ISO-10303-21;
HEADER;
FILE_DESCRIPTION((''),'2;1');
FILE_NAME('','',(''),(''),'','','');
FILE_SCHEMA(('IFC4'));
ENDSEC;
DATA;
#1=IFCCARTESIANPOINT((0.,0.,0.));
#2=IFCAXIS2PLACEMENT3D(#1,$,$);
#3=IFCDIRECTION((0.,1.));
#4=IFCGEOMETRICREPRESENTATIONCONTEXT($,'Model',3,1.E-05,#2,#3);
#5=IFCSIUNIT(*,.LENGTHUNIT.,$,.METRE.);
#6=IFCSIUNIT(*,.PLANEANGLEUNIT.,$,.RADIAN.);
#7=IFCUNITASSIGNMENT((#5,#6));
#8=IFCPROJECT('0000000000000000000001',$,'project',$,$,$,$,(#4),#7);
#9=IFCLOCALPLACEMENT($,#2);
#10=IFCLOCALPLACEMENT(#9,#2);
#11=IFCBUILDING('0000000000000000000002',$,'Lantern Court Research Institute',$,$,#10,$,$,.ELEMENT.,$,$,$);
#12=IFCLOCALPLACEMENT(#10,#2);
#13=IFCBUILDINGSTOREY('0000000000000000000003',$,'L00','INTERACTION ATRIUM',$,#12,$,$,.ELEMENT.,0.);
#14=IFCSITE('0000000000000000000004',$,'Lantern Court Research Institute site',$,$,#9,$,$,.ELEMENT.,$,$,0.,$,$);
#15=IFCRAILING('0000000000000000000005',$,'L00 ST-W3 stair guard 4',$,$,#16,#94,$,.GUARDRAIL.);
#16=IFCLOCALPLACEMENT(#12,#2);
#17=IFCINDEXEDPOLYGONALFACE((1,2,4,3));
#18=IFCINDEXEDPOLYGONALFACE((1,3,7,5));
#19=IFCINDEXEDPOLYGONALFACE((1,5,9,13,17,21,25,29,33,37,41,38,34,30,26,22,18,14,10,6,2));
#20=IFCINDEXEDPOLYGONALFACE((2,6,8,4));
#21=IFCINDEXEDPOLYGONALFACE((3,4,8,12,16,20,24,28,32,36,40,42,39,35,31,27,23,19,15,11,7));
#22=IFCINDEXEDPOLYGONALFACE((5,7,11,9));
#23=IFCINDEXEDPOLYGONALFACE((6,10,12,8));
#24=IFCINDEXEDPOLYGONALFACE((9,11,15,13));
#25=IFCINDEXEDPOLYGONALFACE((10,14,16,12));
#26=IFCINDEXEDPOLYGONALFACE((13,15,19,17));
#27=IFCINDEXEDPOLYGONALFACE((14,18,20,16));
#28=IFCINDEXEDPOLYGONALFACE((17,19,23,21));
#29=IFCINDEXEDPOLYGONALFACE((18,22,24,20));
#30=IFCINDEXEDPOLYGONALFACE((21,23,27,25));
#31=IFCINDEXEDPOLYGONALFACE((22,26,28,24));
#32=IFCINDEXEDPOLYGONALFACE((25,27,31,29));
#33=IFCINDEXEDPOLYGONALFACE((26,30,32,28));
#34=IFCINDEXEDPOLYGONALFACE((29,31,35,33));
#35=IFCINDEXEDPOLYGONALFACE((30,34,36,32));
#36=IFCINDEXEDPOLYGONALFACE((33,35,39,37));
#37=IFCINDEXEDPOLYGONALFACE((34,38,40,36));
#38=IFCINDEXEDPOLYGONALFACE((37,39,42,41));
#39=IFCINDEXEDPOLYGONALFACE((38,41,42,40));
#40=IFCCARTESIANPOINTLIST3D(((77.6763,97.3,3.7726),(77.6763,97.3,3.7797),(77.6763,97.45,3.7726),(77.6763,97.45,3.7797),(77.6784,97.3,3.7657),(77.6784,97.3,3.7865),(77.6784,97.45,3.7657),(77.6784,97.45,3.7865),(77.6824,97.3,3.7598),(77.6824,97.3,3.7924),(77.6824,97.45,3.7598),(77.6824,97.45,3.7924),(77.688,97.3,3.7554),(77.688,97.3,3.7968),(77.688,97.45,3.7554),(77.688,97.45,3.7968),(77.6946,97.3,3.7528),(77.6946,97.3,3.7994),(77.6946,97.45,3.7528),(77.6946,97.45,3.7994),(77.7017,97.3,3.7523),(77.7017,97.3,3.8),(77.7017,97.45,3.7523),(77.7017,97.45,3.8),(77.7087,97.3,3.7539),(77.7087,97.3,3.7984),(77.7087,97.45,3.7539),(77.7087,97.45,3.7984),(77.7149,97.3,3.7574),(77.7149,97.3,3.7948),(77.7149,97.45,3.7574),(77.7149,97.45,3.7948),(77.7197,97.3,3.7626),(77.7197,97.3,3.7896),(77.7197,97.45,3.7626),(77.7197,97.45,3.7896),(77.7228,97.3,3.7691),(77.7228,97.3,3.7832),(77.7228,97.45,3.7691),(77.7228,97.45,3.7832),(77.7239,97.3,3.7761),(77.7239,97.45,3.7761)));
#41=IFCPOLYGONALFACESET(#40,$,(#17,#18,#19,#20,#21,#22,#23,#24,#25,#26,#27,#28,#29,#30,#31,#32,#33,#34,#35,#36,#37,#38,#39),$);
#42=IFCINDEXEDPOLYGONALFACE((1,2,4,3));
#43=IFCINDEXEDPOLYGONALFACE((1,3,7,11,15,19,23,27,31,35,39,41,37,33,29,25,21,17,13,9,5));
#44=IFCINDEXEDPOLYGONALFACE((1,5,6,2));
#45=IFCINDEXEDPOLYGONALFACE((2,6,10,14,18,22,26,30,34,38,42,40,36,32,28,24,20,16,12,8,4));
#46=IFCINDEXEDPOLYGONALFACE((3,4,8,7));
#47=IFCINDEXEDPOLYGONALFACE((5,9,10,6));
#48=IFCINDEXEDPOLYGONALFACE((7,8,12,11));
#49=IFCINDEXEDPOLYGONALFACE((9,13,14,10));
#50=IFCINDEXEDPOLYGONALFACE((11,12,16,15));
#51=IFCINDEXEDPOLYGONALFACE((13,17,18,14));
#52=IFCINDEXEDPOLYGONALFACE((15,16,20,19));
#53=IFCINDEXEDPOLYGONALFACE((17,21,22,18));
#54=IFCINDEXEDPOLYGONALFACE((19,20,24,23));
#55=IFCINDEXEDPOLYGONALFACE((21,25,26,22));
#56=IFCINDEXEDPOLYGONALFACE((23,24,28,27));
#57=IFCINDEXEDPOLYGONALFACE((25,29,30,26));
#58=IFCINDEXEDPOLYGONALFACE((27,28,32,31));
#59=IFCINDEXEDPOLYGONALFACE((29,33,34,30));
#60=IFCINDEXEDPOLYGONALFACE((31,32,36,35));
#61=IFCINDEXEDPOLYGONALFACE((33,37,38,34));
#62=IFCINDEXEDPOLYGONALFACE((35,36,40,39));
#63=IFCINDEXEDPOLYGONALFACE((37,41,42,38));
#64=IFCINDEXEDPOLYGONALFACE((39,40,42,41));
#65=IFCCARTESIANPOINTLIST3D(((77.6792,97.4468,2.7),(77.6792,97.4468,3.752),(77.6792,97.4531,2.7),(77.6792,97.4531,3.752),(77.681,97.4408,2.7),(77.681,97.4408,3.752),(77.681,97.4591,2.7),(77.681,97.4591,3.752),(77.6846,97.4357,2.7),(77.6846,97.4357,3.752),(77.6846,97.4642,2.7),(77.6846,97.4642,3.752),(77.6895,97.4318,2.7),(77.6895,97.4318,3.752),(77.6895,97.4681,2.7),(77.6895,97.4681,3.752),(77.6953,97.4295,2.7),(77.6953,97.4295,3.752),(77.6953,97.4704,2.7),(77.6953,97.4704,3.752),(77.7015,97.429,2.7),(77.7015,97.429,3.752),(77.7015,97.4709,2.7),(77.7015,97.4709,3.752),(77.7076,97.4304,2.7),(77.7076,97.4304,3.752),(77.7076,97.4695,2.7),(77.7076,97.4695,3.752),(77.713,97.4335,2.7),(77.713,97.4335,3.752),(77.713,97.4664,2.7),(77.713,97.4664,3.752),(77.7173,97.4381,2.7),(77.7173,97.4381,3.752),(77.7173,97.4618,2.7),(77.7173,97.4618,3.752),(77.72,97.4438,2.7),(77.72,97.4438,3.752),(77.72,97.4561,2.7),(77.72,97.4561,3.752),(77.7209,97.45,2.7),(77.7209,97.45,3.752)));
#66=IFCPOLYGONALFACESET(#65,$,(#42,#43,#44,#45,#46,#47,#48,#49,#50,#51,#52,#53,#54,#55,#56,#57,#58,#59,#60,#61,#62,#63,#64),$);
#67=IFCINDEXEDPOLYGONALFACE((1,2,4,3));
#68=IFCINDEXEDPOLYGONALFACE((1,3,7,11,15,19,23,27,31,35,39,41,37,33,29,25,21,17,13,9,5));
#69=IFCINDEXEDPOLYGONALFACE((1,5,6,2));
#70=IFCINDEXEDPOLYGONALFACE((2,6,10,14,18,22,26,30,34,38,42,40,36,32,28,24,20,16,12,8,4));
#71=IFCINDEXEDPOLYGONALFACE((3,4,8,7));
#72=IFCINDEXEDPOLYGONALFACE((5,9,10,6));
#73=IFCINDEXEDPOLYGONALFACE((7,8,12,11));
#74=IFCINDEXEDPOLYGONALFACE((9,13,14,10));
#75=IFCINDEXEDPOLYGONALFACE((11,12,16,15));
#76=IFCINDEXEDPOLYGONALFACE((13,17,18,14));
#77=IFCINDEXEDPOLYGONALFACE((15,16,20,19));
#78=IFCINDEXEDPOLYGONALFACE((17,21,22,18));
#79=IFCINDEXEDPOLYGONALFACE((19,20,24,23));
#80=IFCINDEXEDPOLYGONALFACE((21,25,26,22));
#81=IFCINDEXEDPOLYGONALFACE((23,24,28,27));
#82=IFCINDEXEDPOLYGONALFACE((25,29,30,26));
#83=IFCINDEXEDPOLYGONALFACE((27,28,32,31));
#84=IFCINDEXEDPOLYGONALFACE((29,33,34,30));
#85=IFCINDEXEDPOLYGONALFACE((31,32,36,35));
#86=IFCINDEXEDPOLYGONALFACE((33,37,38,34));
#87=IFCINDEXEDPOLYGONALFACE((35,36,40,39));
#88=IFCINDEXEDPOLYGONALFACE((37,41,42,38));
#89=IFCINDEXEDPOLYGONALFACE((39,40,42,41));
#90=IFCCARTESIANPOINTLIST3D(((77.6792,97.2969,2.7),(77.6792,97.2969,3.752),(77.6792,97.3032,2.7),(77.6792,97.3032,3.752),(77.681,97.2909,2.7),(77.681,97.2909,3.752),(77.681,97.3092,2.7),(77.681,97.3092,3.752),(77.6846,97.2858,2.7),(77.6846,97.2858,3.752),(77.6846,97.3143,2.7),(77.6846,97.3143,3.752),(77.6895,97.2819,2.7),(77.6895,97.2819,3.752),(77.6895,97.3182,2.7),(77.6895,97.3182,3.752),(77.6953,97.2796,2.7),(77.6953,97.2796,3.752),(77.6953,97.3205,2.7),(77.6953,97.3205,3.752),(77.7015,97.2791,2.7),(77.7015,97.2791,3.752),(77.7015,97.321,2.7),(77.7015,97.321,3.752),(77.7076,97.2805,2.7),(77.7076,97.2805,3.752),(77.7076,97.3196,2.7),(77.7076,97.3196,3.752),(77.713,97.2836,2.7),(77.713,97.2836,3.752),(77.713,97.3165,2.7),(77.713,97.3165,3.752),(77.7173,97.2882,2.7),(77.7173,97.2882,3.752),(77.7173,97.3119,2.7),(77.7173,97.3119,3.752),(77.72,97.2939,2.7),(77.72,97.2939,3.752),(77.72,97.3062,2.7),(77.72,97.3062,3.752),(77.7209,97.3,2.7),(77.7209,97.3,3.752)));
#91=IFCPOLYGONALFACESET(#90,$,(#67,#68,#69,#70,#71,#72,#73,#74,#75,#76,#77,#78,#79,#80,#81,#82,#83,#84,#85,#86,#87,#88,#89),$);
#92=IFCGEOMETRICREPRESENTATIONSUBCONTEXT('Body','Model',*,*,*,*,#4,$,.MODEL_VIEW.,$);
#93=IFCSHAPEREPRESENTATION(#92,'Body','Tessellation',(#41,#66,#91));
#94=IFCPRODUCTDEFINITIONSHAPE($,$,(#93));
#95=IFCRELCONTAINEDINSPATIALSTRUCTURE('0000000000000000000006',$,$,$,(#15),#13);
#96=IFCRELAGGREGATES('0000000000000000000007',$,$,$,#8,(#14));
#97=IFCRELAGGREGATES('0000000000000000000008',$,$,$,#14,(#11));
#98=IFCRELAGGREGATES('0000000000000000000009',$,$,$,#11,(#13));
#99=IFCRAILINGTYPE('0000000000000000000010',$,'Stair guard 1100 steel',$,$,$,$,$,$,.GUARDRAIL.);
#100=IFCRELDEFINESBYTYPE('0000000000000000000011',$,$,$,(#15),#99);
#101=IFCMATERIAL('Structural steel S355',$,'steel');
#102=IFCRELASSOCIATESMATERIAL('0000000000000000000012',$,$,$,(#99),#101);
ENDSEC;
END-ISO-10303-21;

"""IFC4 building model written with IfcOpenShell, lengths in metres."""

from ifc_helpers import new_model, si_unit, direction, frame, origin, origin_2d, place, context, subcontext, project, spatial, circle, extrude, material, type_object, element, save


model = new_model("IFC4")

# Units and contexts
model_context = context("Model", 3, precision=1e-05, world=origin(), true_north=direction((0.0, 1.0)))
body_context = subcontext(model_context, "Body", "Model", "MODEL_VIEW")
ifc_project = project(units=[si_unit("LENGTHUNIT", "METRE"), si_unit("PLANEANGLEUNIT", "RADIAN")], contexts=[model_context])

# Site, building, storey
site_placement = place(None, origin())
site = spatial("IfcSite", under=ifc_project, at=site_placement, Name="Lantern Court Research Institute site", CompositionType="ELEMENT", RefElevation=0.0)
building_placement = place(site_placement, origin())
building = spatial("IfcBuilding", under=site, at=building_placement, Name="Lantern Court Research Institute", CompositionType="ELEMENT")
storey_placement = place(building_placement, origin())
storey = spatial("IfcBuildingStorey", under=building, at=storey_placement, Name="L00", Description="INTERACTION ATRIUM", CompositionType="ELEMENT", Elevation=0.0)

# Railing
ifc_material_1 = material(Name="Structural steel S355", Category="steel")
railing_type_1 = type_object("IfcRailingType", Name="Stair guard 1100 steel", PredefinedType="GUARDRAIL", material=ifc_material_1)
railing_1_placement = place(storey_placement, frame((77.7, 97.45, 2.7)))
element("IfcRailing", 1, at=railing_1_placement, inside=storey, type_object=railing_type_1, Name="L00 ST-W3 stair guard 4", PredefinedType="GUARDRAIL", context=body_context, shape_type="SweptSolid", body=[
    extrude(circle(Radius=0.0239, at=origin_2d()), frame((0.0, 0.0, 1.0762), z_axis=(0.0, -1.0, 0.0), x_axis=(1.0, 0.0, 0.0)), (0.0, 0.0, 1.0), 0.1499),
    extrude(circle(Radius=0.021, at=origin_2d()), origin(), (0.0, 0.0, 1.0), 1.052),
    extrude(circle(Radius=0.021, at=origin_2d()), frame((0.0, -0.1499, 0.0)), (0.0, 0.0, 1.0), 1.052),
])

save(model, "model.ifc")
